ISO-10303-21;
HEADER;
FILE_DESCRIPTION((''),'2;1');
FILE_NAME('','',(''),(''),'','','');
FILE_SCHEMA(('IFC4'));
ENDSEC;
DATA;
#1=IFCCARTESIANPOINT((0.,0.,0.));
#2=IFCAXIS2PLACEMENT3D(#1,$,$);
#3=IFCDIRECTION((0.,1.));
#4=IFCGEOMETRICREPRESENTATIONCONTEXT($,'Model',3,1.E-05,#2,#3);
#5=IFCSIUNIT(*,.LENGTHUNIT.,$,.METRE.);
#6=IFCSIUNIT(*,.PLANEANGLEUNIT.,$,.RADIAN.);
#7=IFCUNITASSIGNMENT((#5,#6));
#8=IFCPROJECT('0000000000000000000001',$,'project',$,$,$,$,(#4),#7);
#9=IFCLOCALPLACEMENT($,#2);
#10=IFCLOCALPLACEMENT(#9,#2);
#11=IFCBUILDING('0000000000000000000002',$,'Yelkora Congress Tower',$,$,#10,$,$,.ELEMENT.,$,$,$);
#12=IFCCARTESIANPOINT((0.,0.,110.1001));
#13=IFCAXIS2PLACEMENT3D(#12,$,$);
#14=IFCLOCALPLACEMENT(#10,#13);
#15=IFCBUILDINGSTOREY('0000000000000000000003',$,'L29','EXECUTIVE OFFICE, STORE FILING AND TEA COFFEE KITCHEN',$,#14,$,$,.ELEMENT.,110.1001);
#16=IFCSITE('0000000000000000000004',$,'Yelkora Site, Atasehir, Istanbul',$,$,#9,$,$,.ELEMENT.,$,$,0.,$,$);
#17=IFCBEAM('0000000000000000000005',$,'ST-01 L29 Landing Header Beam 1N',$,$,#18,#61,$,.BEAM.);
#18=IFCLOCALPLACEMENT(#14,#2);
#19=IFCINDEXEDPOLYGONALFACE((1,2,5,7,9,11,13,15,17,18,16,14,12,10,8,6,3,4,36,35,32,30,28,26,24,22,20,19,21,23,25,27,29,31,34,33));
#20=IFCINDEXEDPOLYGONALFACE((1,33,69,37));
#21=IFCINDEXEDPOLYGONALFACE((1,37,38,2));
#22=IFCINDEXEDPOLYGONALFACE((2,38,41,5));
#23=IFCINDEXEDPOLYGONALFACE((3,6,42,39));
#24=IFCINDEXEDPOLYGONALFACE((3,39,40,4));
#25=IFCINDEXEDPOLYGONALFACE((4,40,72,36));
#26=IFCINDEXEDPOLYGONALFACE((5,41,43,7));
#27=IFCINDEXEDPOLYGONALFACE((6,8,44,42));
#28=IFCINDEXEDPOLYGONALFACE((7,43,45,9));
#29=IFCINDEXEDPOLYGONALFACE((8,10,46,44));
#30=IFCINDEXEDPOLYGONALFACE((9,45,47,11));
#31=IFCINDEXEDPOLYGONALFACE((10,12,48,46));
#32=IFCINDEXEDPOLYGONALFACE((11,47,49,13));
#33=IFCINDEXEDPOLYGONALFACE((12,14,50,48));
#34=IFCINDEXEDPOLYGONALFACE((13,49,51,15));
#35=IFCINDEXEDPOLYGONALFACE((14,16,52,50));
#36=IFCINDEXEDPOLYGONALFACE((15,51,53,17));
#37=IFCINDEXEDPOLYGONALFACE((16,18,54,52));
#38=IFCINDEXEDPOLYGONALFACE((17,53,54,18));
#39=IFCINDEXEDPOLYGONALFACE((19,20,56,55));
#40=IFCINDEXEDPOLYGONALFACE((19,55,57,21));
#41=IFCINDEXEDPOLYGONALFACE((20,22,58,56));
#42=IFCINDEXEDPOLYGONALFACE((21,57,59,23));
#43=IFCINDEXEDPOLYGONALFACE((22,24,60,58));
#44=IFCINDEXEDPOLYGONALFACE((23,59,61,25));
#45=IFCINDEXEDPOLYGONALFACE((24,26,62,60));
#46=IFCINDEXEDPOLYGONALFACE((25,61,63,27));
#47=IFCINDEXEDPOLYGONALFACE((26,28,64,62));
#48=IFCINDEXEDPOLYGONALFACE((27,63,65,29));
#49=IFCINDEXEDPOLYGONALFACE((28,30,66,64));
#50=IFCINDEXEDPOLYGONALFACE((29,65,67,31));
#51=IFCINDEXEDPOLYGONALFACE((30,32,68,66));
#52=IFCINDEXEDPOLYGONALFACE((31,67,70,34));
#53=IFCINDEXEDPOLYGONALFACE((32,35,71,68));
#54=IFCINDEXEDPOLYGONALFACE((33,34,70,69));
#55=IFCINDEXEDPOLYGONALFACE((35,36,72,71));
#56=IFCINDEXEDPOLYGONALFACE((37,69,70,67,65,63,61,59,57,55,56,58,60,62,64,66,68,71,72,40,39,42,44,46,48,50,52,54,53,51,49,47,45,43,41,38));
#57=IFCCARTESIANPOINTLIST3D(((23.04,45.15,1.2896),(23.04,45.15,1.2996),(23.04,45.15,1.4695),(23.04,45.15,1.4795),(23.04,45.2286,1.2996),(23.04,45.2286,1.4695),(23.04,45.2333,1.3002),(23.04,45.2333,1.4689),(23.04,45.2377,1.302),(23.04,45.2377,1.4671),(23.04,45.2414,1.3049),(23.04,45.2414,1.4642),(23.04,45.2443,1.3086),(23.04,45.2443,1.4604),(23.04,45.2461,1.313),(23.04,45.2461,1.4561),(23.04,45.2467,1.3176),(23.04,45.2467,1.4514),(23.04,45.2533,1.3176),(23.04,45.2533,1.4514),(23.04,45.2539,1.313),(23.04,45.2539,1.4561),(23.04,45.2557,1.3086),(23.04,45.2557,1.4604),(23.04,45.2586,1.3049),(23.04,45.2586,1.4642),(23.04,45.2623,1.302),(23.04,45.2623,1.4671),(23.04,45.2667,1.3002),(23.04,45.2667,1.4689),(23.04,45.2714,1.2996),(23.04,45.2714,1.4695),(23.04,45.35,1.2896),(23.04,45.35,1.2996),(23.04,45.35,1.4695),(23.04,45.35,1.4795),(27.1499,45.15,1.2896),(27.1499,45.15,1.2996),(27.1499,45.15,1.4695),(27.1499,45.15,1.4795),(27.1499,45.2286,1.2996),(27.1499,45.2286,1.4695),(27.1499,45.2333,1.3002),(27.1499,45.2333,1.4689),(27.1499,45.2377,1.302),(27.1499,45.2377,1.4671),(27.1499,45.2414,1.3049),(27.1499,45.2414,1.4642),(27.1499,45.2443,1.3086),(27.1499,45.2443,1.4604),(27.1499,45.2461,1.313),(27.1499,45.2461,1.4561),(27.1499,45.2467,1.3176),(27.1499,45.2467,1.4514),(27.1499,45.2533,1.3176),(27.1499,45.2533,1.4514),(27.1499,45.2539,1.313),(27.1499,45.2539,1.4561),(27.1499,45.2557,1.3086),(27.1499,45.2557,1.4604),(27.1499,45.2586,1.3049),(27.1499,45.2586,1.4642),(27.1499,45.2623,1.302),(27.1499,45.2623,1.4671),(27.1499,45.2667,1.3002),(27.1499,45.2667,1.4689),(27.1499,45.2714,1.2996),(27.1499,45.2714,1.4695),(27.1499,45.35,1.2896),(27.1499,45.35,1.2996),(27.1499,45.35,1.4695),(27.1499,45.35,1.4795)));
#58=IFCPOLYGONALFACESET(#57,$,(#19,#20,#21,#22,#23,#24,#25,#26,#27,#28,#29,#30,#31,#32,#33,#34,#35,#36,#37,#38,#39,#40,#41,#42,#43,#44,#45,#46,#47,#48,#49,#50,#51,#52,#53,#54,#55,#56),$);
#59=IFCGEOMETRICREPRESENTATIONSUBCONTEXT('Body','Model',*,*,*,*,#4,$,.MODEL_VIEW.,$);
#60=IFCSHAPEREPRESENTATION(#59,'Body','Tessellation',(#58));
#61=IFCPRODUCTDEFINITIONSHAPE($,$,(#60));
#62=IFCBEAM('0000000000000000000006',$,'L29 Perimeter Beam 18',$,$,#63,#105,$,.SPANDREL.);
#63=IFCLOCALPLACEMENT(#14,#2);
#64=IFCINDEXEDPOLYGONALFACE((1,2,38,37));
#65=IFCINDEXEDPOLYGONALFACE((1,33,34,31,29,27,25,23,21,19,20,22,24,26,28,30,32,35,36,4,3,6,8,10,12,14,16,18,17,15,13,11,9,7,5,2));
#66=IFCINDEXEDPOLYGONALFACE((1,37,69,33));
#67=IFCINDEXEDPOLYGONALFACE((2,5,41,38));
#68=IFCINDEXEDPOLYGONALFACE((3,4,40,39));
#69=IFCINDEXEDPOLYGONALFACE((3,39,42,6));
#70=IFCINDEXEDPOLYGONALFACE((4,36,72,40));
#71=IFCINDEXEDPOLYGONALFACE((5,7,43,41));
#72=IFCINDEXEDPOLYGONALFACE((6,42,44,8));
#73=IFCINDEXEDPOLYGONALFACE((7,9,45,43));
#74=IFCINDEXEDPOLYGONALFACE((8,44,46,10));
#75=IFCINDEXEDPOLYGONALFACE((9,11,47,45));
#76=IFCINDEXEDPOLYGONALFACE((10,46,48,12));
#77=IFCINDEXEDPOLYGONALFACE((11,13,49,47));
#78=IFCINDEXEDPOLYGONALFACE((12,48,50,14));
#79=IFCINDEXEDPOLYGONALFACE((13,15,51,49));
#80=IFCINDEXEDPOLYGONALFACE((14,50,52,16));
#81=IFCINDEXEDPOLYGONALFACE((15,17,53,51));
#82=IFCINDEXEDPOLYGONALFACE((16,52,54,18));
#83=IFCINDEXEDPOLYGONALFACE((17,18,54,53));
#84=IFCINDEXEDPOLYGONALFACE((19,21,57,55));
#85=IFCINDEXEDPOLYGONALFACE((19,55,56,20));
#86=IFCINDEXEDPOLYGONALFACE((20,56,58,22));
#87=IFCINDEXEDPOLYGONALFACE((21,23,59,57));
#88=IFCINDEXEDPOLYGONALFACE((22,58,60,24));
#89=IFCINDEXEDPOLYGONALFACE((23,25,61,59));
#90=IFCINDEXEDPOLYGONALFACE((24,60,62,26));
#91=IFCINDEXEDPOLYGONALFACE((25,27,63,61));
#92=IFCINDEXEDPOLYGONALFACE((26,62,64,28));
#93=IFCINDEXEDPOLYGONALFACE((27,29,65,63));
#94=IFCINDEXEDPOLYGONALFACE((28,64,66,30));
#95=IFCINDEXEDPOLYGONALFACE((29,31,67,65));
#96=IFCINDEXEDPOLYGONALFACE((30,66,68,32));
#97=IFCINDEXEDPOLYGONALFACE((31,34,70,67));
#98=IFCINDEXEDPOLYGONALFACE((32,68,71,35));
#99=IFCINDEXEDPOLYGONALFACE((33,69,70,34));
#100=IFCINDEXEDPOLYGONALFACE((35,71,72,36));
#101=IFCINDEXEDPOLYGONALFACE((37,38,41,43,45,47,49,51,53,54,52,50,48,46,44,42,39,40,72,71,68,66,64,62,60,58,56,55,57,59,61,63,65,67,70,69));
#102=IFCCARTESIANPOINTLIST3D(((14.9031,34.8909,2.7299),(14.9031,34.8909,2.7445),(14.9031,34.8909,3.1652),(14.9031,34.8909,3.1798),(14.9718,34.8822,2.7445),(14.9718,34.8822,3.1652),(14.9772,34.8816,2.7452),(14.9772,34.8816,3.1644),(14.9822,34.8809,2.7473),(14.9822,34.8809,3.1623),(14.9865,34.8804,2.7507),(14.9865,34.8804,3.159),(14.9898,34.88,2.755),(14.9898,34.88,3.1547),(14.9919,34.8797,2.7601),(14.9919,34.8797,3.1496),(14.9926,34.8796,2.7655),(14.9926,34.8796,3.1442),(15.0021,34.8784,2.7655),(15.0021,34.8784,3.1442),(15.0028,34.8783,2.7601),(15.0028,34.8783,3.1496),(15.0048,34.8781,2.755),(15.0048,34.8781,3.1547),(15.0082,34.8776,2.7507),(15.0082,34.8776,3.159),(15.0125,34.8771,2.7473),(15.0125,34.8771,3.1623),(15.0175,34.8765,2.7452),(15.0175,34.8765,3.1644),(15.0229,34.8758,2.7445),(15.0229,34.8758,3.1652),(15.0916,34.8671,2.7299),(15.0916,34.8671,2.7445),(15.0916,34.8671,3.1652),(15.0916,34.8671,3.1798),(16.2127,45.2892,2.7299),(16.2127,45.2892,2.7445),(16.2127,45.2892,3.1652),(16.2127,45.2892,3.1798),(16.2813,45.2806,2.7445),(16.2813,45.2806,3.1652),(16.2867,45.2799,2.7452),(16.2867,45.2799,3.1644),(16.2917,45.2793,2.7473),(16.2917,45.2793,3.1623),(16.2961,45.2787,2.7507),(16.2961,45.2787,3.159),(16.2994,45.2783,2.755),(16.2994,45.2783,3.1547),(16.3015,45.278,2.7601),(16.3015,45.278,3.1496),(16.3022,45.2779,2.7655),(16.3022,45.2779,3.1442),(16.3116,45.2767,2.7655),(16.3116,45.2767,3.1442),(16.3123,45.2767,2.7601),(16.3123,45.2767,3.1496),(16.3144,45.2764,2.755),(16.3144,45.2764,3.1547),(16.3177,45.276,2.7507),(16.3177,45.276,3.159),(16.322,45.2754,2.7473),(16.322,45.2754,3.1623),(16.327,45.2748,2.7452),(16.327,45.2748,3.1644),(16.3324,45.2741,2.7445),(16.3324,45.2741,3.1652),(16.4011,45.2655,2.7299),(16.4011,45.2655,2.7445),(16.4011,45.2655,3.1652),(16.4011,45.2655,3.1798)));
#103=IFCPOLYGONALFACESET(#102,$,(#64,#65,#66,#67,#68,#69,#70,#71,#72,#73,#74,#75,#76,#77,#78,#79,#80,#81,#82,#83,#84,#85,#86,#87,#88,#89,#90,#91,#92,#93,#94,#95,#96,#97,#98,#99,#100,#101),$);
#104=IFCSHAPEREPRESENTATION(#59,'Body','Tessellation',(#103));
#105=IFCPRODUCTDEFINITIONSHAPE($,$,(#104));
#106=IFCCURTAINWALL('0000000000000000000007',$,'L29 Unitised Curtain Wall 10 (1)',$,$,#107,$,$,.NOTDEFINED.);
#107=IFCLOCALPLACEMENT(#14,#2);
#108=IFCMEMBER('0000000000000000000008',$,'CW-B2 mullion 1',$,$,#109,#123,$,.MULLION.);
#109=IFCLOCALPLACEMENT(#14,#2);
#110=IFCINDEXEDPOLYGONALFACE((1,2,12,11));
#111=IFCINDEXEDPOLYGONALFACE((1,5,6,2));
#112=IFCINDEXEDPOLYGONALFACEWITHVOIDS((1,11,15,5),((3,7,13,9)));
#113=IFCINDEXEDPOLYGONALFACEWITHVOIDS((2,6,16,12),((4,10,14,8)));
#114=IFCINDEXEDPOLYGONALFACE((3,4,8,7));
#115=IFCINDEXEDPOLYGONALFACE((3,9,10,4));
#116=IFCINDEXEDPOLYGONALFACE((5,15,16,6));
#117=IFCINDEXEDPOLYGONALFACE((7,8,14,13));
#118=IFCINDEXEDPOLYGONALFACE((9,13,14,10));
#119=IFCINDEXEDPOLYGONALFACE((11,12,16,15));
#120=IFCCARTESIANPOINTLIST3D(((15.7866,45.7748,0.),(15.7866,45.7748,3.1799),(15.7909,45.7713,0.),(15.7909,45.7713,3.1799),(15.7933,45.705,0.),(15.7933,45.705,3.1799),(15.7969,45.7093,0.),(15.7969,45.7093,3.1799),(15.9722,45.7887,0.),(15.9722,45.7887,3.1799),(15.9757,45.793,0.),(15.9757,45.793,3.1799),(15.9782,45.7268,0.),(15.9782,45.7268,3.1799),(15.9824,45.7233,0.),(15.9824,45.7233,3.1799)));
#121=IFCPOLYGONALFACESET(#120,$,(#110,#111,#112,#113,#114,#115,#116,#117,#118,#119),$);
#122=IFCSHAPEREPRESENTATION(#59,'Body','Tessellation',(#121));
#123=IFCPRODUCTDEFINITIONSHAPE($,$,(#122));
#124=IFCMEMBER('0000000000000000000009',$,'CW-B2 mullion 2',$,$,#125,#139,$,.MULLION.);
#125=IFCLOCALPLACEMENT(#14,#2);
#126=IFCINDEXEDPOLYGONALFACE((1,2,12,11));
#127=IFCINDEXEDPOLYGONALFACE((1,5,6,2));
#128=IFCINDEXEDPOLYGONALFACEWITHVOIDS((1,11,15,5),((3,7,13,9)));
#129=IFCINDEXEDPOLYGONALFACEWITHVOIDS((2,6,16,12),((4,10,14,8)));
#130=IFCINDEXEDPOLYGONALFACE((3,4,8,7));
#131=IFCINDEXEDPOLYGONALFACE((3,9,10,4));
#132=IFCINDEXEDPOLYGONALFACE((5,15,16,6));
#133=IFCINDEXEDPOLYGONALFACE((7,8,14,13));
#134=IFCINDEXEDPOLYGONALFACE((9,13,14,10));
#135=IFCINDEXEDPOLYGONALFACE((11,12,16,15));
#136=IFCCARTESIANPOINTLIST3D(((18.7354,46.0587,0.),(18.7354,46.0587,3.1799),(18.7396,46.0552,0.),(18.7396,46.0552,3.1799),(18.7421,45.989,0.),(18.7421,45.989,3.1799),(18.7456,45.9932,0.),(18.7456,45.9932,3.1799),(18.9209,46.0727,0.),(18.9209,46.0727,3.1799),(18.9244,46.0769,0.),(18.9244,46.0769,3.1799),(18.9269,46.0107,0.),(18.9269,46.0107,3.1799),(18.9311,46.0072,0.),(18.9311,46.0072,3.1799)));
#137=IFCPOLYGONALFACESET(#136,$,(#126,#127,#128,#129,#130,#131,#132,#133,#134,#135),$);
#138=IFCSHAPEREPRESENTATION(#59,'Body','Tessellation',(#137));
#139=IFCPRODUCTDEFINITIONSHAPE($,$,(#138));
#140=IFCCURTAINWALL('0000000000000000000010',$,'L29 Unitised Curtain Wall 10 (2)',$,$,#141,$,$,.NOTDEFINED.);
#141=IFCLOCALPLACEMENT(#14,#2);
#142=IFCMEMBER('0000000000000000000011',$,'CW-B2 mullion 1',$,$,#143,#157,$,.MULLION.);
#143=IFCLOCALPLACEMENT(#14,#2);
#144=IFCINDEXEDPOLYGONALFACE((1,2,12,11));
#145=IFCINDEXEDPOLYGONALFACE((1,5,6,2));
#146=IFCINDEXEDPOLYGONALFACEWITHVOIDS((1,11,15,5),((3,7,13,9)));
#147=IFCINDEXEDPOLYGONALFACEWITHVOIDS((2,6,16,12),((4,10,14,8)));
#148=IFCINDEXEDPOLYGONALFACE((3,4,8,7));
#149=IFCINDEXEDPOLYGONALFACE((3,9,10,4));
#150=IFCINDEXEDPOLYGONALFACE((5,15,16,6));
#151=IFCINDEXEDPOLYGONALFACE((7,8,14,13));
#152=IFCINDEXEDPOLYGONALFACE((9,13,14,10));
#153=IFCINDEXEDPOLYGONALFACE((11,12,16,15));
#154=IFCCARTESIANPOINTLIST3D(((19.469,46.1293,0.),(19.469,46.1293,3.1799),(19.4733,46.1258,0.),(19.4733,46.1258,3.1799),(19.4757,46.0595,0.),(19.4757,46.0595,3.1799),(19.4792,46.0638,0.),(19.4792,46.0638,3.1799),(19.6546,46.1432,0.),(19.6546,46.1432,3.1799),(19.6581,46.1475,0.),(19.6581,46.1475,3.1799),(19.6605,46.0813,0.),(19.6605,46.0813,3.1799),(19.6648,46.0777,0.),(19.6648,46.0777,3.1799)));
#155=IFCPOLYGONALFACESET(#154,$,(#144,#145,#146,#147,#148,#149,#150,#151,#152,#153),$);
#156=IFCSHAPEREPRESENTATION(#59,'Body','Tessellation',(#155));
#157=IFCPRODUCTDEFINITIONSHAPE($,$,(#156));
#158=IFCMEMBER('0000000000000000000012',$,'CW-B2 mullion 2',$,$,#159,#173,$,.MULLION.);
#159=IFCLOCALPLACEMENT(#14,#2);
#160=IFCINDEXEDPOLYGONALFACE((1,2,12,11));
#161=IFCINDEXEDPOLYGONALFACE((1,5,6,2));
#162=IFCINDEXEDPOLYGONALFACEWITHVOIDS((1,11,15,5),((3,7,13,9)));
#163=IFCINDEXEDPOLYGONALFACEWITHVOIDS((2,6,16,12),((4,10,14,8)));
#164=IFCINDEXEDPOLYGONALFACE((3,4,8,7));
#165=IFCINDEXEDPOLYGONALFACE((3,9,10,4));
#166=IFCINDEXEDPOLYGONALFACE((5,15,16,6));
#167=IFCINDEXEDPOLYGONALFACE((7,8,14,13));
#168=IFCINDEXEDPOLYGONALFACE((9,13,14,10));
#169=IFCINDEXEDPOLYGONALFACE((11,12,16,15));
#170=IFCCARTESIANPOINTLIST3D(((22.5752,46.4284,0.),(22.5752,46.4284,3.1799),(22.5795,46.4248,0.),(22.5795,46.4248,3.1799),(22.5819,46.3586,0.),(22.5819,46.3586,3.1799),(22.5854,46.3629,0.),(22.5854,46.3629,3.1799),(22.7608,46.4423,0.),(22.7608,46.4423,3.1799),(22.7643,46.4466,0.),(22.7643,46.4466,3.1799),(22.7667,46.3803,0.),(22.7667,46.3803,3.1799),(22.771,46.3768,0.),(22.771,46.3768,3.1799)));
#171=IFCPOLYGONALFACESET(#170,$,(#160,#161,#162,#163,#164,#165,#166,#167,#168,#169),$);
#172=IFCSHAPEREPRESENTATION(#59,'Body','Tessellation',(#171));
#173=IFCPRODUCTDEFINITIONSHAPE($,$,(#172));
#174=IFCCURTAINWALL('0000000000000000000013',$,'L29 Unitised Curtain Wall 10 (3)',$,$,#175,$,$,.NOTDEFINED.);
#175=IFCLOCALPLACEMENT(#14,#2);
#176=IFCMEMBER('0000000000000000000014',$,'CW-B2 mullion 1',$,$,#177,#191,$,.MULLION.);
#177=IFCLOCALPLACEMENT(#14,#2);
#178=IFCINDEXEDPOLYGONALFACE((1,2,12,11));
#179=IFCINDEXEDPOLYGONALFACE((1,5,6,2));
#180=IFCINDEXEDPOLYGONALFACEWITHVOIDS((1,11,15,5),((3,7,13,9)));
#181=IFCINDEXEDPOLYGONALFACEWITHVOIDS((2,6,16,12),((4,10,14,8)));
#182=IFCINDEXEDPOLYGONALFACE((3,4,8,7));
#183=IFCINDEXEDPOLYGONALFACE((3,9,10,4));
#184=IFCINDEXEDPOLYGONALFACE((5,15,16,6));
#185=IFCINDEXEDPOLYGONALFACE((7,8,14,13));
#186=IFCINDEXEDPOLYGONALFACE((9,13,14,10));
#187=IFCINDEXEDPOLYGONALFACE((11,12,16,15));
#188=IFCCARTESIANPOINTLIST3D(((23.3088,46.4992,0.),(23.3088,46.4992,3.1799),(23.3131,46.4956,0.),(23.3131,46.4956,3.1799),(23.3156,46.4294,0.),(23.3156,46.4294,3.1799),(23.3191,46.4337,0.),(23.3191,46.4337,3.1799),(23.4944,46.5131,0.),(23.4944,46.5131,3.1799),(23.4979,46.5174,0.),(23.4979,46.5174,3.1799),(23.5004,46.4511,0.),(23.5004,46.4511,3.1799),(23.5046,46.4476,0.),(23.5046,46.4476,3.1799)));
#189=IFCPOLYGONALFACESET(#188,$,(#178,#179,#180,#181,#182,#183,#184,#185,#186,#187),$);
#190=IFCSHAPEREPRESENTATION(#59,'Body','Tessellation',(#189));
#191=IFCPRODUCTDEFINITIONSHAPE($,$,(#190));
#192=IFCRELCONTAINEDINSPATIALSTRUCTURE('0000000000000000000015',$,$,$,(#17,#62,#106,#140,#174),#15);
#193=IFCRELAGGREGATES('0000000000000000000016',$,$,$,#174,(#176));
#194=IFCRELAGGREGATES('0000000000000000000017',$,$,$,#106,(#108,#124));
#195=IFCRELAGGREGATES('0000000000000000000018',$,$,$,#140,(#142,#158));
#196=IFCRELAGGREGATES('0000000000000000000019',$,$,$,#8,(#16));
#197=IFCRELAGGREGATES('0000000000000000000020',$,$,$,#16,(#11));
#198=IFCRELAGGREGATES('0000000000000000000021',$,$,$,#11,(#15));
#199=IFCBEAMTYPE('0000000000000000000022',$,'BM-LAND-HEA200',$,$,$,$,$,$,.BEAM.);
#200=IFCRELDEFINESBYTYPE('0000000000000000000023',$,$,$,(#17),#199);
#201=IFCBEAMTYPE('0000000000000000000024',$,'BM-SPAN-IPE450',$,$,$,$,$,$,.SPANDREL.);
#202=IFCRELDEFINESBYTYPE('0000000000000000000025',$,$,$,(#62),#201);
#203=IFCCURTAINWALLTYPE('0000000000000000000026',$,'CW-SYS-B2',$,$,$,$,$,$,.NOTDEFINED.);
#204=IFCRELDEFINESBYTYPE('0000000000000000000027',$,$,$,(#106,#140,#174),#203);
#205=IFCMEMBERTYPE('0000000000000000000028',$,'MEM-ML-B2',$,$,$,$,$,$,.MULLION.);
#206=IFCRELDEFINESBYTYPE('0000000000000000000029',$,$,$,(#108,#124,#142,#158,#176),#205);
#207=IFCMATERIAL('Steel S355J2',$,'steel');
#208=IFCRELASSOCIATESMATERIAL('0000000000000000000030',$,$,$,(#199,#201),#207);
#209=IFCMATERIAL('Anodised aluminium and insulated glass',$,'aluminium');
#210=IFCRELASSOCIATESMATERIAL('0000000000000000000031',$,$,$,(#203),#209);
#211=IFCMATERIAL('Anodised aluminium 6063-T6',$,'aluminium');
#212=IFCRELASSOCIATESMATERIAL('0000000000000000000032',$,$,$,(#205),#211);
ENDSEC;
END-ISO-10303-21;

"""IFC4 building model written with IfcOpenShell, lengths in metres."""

from ifc_helpers import new_model, si_unit, direction, frame, origin, origin_2d, place, context, subcontext, project, spatial, hollow_rectangle, i_section, extrude, material, material_profile, profile_set, type_object, element, aggregate, save


model = new_model("IFC4")

# Units and contexts
model_context = context("Model", 3, precision=1e-05, world=origin(), true_north=direction((0.0, 1.0)))
body_context = subcontext(model_context, "Body", "Model", "MODEL_VIEW")
ifc_project = project(units=[si_unit("LENGTHUNIT", "METRE"), si_unit("PLANEANGLEUNIT", "RADIAN")], contexts=[model_context])

# Site, building, storey
site_placement = place(None, origin())
site = spatial("IfcSite", under=ifc_project, at=site_placement, Name="Yelkora Site, Atasehir, Istanbul", CompositionType="ELEMENT", RefElevation=0.0)
building_placement = place(site_placement, origin())
building = spatial("IfcBuilding", under=site, at=building_placement, Name="Yelkora Congress Tower", CompositionType="ELEMENT")
storey_placement = place(building_placement, frame((0.0, 0.0, 110.1001)))
storey = spatial("IfcBuildingStorey", under=building, at=storey_placement, Name="L29", Description="EXECUTIVE OFFICE, STORE FILING AND TEA COFFEE KITCHEN", CompositionType="ELEMENT", Elevation=110.1001)

# Beams
ifc_material_1 = material(Name="Steel S355J2", Category="steel")
ifc_material_profile_1 = material_profile(ifc_material_1, i_section(OverallWidth=0.2, OverallDepth=0.1899, WebThickness=0.0066, FlangeThickness=0.01, FilletRadius=0.0181, at=origin_2d()), Name="HEA 200")
ifc_profile_set_1 = profile_set([ifc_material_profile_1], Name="Steel S355J2")
beam_type_1 = type_object("IfcBeamType", Name="BM-LAND-HEA200", PredefinedType="BEAM", material=ifc_profile_set_1)
beam_1_placement = place(storey_placement, frame((23.04, 45.25, 1.3845), z_axis=(1.0, 0.0, 0.0), x_axis=(0.0, 1.0, 0.0)))
element("IfcBeam", 1, at=beam_1_placement, inside=storey, type_object=beam_type_1, Name="ST-01 L29 Landing Header Beam 1N", PredefinedType="BEAM", context=body_context, shape_type="SweptSolid", body=[
    extrude(i_section(OverallWidth=0.2, OverallDepth=0.1899, WebThickness=0.0066, FlangeThickness=0.01, FilletRadius=0.0181, at=origin_2d()), origin(), (0.0, 0.0, 1.0), 4.1099),
])
ifc_material_profile_2 = material_profile(ifc_material_1, i_section(OverallWidth=0.1899, OverallDepth=0.45, WebThickness=0.0095, FlangeThickness=0.0146, FilletRadius=0.021, at=origin_2d()), Name="IPE 450")
ifc_profile_set_2 = profile_set([ifc_material_profile_2], Name="Steel S355J2")
beam_type_2 = type_object("IfcBeamType", Name="BM-SPAN-IPE450", PredefinedType="SPANDREL", material=ifc_profile_set_2)
beam_2_placement = place(storey_placement, frame((16.3069, 45.2773, 2.9548), z_axis=(-0.124952, -0.992163, 0.0), x_axis=(0.992163, -0.124952, 0.0)))
element("IfcBeam", 2, at=beam_2_placement, inside=storey, type_object=beam_type_2, Name="L29 Perimeter Beam 18", PredefinedType="SPANDREL", context=body_context, shape_type="SweptSolid", body=[
    extrude(i_section(OverallWidth=0.1899, OverallDepth=0.45, WebThickness=0.0095, FlangeThickness=0.0146, FilletRadius=0.021, at=origin_2d()), origin(), (0.0, 0.0, 1.0), 10.4805),
])

# Curtain walls, members
ifc_material_2 = material(Name="Anodised aluminium and insulated glass", Category="aluminium")
curtain_wall_type = type_object("IfcCurtainWallType", Name="CW-SYS-B2", PredefinedType="NOTDEFINED", material=ifc_material_2)
curtain_wall_1_placement = place(storey_placement, origin())
curtain_wall_1 = element("IfcCurtainWall", 3, at=curtain_wall_1_placement, inside=storey, type_object=curtain_wall_type, Name="L29 Unitised Curtain Wall 10 (1)", PredefinedType="NOTDEFINED")
ifc_material_3 = material(Name="Anodised aluminium 6063-T6", Category="aluminium")
ifc_material_profile_3 = material_profile(ifc_material_3, hollow_rectangle(XDim=0.0701, YDim=0.1899, WallThickness=0.0039, at=origin_2d()), Name="ALU 70x190x4")
ifc_profile_set_3 = profile_set([ifc_material_profile_3], Name="Anodised aluminium 6063-T6")
member_type_1 = type_object("IfcMemberType", Name="MEM-ML-B2", PredefinedType="MULLION", material=ifc_profile_set_3)
member_1_placement = place(storey_placement, frame((15.8845, 45.749, 0.0), z_axis=(0.0, 0.0, 1.0), x_axis=(-0.095839, 0.995397, 0.0)))
member_1 = element("IfcMember", 4, at=member_1_placement, type_object=member_type_1, Name="CW-B2 mullion 1", PredefinedType="MULLION", context=body_context, shape_type="SweptSolid", body=[
    extrude(hollow_rectangle(XDim=0.0701, YDim=0.1899, WallThickness=0.0039, at=origin_2d()), origin(), (0.0, 0.0, 1.0), 3.1799),
])
member_2_placement = place(storey_placement, frame((18.8333, 46.033, 0.0), z_axis=(0.0, 0.0, 1.0), x_axis=(-0.095839, 0.995397, 0.0)))
member_2 = element("IfcMember", 5, at=member_2_placement, type_object=member_type_1, Name="CW-B2 mullion 2", PredefinedType="MULLION", context=body_context, shape_type="SweptSolid", body=[
    extrude(hollow_rectangle(XDim=0.0701, YDim=0.1899, WallThickness=0.0039, at=origin_2d()), origin(), (0.0, 0.0, 1.0), 3.1799),
])
curtain_wall_2_placement = place(storey_placement, origin())
curtain_wall_2 = element("IfcCurtainWall", 6, at=curtain_wall_2_placement, inside=storey, type_object=curtain_wall_type, Name="L29 Unitised Curtain Wall 10 (2)", PredefinedType="NOTDEFINED")
member_3_placement = place(storey_placement, frame((19.5669, 46.1035, 0.0), z_axis=(0.0, 0.0, 1.0), x_axis=(-0.095841, 0.995397, 0.0)))
member_3 = element("IfcMember", 7, at=member_3_placement, type_object=member_type_1, Name="CW-B2 mullion 1", PredefinedType="MULLION", context=body_context, shape_type="SweptSolid", body=[
    extrude(hollow_rectangle(XDim=0.0701, YDim=0.1899, WallThickness=0.0039, at=origin_2d()), origin(), (0.0, 0.0, 1.0), 3.1799),
])
member_4_placement = place(storey_placement, frame((22.6731, 46.4026, 0.0), z_axis=(0.0, 0.0, 1.0), x_axis=(-0.095841, 0.995397, 0.0)))
member_4 = element("IfcMember", 8, at=member_4_placement, type_object=member_type_1, Name="CW-B2 mullion 2", PredefinedType="MULLION", context=body_context, shape_type="SweptSolid", body=[
    extrude(hollow_rectangle(XDim=0.0701, YDim=0.1899, WallThickness=0.0039, at=origin_2d()), origin(), (0.0, 0.0, 1.0), 3.1799),
])

# Curtain wall, member
curtain_wall_3_placement = place(storey_placement, origin())
curtain_wall_3 = element("IfcCurtainWall", 9, at=curtain_wall_3_placement, inside=storey, type_object=curtain_wall_type, Name="L29 Unitised Curtain Wall 10 (3)", PredefinedType="NOTDEFINED")
member_5_placement = place(storey_placement, frame((23.4067, 46.4734, 0.0), z_axis=(0.0, 0.0, 1.0), x_axis=(-0.095844, 0.995396, 0.0)))
member_5 = element("IfcMember", 10, at=member_5_placement, type_object=member_type_1, Name="CW-B2 mullion 1", PredefinedType="MULLION", context=body_context, shape_type="SweptSolid", body=[
    extrude(hollow_rectangle(XDim=0.0701, YDim=0.1899, WallThickness=0.0039, at=origin_2d()), origin(), (0.0, 0.0, 1.0), 3.1799),
])

aggregate(curtain_wall_3, [member_5])

aggregate(curtain_wall_1, [member_1, member_2])
aggregate(curtain_wall_2, [member_3, member_4])

save(model, "model.ifc")
